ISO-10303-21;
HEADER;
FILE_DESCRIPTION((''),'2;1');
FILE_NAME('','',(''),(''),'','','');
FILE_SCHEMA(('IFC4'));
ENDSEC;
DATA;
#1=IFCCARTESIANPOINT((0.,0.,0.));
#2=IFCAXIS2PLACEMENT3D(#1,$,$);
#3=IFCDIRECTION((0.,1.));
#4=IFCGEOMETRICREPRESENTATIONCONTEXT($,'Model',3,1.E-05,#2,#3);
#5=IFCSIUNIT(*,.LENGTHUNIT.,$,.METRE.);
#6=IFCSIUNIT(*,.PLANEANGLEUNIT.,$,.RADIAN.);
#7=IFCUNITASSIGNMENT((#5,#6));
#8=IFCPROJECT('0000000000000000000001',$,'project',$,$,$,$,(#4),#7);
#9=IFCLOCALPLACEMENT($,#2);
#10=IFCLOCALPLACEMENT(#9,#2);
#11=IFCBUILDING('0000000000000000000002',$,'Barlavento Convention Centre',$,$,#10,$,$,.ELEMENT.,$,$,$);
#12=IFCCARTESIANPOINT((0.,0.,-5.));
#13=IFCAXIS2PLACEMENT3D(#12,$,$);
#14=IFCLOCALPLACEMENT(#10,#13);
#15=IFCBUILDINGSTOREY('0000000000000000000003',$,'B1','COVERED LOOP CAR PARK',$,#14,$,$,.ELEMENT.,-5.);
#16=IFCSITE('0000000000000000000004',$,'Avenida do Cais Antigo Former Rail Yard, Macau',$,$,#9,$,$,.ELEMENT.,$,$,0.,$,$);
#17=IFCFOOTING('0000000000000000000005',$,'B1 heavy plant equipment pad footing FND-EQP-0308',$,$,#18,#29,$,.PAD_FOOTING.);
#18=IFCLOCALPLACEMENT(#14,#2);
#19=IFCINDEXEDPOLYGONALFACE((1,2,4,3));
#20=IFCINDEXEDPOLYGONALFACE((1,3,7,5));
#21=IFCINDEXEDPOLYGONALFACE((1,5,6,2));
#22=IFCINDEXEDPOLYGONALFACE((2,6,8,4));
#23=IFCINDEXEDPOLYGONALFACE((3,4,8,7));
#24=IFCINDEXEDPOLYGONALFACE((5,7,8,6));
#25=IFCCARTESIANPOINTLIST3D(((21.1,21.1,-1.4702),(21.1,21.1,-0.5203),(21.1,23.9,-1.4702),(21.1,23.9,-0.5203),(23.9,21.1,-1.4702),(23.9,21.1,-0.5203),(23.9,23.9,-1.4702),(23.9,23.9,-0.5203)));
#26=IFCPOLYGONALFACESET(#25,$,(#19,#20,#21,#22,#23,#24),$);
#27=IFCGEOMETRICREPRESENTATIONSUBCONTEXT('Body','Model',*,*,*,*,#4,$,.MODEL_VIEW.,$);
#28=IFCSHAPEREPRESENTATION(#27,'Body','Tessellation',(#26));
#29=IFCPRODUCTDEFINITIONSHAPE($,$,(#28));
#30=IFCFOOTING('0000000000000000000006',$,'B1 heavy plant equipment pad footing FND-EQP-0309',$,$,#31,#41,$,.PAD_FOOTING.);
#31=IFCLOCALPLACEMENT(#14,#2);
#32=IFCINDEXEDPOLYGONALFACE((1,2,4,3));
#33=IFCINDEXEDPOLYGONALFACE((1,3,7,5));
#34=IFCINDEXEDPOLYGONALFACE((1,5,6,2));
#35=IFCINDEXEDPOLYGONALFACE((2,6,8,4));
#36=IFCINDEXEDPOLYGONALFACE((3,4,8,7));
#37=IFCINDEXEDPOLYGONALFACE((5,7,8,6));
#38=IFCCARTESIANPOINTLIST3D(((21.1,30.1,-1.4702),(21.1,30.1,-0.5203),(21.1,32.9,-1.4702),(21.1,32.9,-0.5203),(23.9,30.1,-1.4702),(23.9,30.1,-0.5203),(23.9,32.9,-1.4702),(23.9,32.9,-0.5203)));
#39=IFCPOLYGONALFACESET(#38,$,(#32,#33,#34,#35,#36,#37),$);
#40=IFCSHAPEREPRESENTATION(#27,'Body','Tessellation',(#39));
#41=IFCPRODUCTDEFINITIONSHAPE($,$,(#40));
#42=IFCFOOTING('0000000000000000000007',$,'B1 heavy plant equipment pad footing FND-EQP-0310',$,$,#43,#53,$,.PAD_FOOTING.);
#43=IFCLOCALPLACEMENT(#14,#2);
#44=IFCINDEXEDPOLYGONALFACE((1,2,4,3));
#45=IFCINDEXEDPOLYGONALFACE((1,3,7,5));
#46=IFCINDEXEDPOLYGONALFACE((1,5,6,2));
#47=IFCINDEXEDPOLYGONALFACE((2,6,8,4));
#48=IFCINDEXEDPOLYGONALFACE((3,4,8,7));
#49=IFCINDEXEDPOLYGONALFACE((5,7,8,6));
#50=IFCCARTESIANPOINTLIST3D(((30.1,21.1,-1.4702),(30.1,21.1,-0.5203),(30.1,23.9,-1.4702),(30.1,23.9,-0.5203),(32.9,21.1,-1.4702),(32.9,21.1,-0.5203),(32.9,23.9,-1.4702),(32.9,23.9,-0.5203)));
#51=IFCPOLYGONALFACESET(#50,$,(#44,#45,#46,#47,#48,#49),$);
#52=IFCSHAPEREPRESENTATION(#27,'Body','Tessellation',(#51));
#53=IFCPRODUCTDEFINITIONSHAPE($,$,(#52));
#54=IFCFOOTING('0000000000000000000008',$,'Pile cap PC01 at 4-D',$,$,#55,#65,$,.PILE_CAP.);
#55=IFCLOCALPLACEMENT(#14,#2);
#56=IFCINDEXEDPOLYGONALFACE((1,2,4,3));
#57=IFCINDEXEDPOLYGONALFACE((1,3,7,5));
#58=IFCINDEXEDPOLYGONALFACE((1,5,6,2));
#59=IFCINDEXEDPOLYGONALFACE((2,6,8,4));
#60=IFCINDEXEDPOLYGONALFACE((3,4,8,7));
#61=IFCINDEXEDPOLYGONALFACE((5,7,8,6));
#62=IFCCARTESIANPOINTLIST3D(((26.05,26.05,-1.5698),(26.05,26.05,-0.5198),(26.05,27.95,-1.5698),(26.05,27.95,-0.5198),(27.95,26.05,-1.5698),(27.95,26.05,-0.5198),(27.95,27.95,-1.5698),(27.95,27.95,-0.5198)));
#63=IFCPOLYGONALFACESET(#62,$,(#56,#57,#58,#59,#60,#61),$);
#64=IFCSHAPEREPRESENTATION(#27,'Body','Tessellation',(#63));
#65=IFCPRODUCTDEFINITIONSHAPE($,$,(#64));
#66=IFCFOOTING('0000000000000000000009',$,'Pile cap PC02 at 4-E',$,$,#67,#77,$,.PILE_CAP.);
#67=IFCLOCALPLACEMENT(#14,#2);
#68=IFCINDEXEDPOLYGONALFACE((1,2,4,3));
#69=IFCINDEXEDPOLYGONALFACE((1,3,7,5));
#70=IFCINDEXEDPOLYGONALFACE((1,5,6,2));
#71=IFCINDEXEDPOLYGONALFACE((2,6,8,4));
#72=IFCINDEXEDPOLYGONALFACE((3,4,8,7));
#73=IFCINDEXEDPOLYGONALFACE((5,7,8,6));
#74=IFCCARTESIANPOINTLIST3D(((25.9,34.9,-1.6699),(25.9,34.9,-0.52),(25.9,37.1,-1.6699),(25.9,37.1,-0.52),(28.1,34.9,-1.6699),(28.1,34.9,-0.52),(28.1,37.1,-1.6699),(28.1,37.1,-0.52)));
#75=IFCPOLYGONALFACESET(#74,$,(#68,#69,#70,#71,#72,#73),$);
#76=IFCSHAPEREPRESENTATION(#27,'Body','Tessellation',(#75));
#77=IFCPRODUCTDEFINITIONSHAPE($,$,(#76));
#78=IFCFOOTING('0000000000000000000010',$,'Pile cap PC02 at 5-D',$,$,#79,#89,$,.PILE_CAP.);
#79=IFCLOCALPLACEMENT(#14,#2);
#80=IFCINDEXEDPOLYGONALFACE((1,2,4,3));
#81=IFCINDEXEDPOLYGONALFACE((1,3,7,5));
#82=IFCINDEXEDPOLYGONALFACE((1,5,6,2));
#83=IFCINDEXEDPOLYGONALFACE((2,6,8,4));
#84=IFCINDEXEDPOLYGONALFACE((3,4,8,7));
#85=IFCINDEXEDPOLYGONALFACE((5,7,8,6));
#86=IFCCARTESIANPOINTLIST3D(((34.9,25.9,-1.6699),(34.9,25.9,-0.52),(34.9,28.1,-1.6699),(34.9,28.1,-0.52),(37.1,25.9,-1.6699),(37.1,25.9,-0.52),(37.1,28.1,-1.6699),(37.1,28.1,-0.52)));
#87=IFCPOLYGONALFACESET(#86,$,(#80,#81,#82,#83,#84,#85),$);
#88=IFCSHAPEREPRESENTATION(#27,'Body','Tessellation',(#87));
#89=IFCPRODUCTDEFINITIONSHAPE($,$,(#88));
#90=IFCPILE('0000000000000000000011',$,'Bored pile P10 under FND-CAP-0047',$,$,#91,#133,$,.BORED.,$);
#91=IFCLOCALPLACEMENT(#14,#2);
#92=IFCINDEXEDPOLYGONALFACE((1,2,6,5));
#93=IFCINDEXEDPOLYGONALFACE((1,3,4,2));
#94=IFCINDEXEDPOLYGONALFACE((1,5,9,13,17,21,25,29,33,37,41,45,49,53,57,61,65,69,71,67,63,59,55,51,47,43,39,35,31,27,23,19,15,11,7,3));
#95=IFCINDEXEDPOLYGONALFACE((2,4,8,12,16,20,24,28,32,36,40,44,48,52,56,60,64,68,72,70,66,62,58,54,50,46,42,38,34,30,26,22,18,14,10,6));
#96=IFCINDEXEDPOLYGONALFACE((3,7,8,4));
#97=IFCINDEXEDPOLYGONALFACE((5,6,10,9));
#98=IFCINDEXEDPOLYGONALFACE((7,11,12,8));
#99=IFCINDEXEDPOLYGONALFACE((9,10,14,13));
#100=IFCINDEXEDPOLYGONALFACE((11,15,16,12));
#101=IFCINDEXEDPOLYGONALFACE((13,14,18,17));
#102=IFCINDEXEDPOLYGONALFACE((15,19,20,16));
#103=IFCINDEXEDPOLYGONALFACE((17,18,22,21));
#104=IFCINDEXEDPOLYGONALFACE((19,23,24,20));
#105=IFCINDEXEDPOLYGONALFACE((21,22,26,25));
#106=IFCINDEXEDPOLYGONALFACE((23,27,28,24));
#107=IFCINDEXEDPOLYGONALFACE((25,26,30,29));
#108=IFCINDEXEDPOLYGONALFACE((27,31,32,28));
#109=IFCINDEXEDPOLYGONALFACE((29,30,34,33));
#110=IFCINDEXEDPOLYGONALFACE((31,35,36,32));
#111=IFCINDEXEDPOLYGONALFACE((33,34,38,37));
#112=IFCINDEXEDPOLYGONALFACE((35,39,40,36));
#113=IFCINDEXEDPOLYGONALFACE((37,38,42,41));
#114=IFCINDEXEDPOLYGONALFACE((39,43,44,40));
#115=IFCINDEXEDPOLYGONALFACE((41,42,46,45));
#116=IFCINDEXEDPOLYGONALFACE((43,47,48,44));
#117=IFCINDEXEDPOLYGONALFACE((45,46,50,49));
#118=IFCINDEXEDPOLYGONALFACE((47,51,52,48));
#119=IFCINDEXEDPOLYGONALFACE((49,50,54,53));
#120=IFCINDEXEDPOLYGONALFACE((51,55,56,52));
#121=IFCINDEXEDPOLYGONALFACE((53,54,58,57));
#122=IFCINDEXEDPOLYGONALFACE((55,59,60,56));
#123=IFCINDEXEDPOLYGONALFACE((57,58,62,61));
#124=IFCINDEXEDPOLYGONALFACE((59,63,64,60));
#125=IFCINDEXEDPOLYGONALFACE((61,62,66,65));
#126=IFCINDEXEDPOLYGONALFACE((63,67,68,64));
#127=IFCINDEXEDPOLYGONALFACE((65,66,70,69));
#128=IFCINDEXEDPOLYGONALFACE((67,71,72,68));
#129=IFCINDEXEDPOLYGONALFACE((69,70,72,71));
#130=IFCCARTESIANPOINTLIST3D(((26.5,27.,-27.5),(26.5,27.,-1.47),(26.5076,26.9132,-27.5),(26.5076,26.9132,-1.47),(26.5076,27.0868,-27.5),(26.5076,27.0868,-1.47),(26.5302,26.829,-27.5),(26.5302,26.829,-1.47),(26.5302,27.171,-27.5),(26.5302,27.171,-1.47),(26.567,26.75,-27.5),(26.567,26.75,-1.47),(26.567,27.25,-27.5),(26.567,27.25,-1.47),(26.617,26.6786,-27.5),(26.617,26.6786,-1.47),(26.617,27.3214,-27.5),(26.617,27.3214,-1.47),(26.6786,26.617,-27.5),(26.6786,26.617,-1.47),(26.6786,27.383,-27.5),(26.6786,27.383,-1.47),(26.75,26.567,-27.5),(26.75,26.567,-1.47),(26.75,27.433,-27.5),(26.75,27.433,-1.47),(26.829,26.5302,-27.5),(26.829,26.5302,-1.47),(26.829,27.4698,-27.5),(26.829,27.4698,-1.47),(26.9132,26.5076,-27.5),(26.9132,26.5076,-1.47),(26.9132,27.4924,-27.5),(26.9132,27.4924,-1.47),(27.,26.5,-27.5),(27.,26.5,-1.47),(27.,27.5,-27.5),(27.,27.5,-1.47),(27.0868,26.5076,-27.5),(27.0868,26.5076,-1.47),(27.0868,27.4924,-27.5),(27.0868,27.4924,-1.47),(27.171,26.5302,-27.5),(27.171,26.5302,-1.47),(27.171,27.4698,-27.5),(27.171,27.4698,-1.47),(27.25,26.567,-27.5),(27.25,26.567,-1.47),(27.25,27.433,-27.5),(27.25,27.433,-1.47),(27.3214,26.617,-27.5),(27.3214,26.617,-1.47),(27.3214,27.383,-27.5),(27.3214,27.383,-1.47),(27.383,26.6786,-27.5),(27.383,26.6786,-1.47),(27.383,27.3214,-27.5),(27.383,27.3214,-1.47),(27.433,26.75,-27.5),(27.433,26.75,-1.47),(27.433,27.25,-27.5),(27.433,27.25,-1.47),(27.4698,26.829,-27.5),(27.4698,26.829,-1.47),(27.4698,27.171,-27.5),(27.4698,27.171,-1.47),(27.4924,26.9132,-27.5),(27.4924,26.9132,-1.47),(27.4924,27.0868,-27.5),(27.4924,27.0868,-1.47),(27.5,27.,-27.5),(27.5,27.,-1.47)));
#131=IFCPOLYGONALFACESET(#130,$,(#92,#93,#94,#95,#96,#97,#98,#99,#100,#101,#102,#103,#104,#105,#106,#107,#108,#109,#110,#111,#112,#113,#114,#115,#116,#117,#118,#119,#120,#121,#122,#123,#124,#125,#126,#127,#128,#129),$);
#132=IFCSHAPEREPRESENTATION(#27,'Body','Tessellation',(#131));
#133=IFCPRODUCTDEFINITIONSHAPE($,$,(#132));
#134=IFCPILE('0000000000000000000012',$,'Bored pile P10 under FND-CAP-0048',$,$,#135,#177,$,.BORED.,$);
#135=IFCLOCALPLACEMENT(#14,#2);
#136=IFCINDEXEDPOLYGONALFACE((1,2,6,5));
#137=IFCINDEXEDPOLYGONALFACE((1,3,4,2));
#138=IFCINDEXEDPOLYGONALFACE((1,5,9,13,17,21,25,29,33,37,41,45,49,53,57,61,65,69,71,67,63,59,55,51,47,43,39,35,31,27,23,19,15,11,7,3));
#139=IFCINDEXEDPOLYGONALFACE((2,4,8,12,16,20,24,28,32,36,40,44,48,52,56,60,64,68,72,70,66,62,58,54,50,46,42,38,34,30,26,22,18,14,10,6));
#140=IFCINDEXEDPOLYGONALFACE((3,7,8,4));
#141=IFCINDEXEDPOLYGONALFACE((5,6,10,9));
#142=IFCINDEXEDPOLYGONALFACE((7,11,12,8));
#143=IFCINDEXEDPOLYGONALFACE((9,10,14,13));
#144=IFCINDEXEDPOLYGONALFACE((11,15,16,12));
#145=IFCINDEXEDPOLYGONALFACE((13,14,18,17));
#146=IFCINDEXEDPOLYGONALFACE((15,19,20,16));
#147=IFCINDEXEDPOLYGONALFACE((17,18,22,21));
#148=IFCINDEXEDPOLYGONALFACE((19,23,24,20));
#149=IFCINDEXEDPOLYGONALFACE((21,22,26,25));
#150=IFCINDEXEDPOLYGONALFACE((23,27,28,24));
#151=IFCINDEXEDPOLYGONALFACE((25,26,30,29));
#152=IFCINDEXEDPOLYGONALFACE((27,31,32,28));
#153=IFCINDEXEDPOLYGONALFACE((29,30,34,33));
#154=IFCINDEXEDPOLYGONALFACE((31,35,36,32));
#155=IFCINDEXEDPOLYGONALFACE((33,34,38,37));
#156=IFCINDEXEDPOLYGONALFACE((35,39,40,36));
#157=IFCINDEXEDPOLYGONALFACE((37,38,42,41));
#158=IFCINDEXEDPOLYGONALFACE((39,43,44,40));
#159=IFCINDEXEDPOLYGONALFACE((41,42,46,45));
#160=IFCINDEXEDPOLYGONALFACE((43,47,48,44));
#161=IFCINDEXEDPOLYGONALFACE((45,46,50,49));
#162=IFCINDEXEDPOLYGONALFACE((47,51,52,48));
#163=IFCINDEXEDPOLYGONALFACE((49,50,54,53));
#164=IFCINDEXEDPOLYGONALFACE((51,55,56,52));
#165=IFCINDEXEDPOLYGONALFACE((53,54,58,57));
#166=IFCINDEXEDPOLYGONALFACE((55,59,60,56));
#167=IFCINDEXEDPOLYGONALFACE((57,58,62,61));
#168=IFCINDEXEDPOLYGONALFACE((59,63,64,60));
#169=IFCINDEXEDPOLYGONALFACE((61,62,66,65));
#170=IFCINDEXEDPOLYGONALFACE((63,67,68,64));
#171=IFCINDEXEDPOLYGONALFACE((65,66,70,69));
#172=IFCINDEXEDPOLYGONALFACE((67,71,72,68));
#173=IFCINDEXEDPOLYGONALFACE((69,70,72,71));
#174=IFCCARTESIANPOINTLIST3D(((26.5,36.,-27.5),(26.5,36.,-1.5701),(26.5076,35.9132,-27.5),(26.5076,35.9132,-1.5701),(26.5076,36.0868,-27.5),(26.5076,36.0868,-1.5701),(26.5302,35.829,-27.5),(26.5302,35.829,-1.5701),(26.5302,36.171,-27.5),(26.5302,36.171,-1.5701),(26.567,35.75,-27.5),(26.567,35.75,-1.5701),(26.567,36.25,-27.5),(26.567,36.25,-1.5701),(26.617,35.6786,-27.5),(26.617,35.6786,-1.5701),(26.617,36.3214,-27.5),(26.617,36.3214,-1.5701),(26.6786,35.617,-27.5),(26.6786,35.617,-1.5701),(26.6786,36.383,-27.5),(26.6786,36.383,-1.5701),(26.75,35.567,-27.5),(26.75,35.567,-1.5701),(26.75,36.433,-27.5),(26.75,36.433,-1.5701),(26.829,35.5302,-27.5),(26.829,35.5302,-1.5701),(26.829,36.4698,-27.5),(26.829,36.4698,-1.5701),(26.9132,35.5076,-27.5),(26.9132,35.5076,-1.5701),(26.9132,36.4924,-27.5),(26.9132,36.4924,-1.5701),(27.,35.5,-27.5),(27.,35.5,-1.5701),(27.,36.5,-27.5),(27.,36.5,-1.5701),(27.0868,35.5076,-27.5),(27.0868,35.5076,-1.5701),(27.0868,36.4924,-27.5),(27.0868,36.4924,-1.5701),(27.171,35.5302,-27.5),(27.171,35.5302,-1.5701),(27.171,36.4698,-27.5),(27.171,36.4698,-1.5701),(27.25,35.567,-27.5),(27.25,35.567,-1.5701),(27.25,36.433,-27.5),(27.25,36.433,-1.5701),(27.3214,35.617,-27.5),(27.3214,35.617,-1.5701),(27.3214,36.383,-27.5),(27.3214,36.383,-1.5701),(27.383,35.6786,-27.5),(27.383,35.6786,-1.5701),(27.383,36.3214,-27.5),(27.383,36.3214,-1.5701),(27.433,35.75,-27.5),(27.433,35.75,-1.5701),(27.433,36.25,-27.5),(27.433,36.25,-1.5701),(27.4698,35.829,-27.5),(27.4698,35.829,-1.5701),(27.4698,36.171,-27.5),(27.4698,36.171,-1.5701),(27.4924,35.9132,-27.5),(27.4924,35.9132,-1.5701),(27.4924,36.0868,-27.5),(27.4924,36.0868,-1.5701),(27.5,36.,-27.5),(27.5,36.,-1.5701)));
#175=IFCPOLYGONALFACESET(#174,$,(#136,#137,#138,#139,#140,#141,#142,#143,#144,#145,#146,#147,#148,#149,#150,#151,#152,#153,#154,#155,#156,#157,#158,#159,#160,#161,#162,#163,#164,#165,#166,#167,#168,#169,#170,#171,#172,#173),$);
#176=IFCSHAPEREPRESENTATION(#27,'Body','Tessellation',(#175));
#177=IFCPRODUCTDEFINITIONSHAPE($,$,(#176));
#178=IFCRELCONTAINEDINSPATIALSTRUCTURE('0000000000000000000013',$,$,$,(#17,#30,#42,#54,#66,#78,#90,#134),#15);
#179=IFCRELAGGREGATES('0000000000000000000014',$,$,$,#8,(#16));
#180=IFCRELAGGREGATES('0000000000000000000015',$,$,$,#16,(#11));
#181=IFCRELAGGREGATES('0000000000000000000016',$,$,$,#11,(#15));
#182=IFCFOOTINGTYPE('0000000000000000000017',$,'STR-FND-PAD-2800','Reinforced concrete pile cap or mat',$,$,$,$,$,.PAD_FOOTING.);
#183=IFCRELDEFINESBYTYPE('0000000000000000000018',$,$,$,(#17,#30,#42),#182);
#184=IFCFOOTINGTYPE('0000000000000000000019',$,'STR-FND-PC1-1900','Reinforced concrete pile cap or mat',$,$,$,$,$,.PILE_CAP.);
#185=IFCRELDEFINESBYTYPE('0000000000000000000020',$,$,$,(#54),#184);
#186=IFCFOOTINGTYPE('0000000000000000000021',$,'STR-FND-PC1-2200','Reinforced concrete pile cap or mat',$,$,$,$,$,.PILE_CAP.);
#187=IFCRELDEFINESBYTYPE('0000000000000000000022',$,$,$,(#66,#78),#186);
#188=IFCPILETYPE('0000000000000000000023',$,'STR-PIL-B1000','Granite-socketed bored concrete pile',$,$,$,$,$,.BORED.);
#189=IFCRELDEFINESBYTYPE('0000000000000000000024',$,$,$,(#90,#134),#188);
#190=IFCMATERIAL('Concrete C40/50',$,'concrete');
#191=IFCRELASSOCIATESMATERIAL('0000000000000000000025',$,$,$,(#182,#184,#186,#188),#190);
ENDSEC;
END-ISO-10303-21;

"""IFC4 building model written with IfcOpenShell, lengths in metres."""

from ifc_helpers import new_model, si_unit, direction, frame, origin, origin_2d, place, context, subcontext, project, spatial, rectangle, circle, extrude, material, material_profile, profile_set, type_object, element, save


model = new_model("IFC4")

# Units and contexts
model_context = context("Model", 3, precision=1e-05, world=origin(), true_north=direction((0.0, 1.0)))
body_context = subcontext(model_context, "Body", "Model", "MODEL_VIEW")
ifc_project = project(units=[si_unit("LENGTHUNIT", "METRE"), si_unit("PLANEANGLEUNIT", "RADIAN")], contexts=[model_context])

# Site, building, storey
site_placement = place(None, origin())
site = spatial("IfcSite", under=ifc_project, at=site_placement, Name="Avenida do Cais Antigo Former Rail Yard, Macau", CompositionType="ELEMENT", RefElevation=0.0)
building_placement = place(site_placement, origin())
building = spatial("IfcBuilding", under=site, at=building_placement, Name="Barlavento Convention Centre", CompositionType="ELEMENT")
storey_placement = place(building_placement, frame((0.0, 0.0, -5.0)))
storey = spatial("IfcBuildingStorey", under=building, at=storey_placement, Name="B1", Description="COVERED LOOP CAR PARK", CompositionType="ELEMENT", Elevation=-5.0)

# Footings
ifc_material_1 = material(Name="Concrete C40/50", Category="concrete")
footing_type_1 = type_object("IfcFootingType", Name="STR-FND-PAD-2800", Description="Reinforced concrete pile cap or mat", PredefinedType="PAD_FOOTING", material=ifc_material_1)
for number, where, z_axis, x_axis, name in (
    (1, (22.5, 22.5, -1.4702), (0.0, 0.0, 1.0), (1.0, 0.0, 0.0), "B1 heavy plant equipment pad footing FND-EQP-0308"),
    (2, (22.5, 31.5, -1.4702), (0.0, 0.0, 1.0), (1.0, 0.0, 0.0), "B1 heavy plant equipment pad footing FND-EQP-0309"),
    (3, (31.5, 22.5, -1.4702), (0.0, 0.0, 1.0), (1.0, 0.0, 0.0), "B1 heavy plant equipment pad footing FND-EQP-0310"),
):
    element("IfcFooting", number, at=place(storey_placement, frame(where, z_axis=z_axis, x_axis=x_axis)), inside=storey, type_object=footing_type_1, Name=name, PredefinedType="PAD_FOOTING", context=body_context, shape_type="SweptSolid", body=[
        extrude(rectangle(XDim=2.8, YDim=2.8, at=origin_2d()), origin(), (0.0, 0.0, 1.0), 0.95),
    ])
footing_type_2 = type_object("IfcFootingType", Name="STR-FND-PC1-1900", Description="Reinforced concrete pile cap or mat", PredefinedType="PILE_CAP", material=ifc_material_1)
footing_placement = place(storey_placement, frame((27.0, 27.0, -1.5698), z_axis=(0.0, 0.0, 1.0), x_axis=(1.0, 0.0, 0.0)))
element("IfcFooting", 4, at=footing_placement, inside=storey, type_object=footing_type_2, Name="Pile cap PC01 at 4-D", PredefinedType="PILE_CAP", context=body_context, shape_type="SweptSolid", body=[
    extrude(rectangle(XDim=1.8999, YDim=1.8999, at=origin_2d()), origin(), (0.0, 0.0, 1.0), 1.05),
])
footing_type_3 = type_object("IfcFootingType", Name="STR-FND-PC1-2200", Description="Reinforced concrete pile cap or mat", PredefinedType="PILE_CAP", material=ifc_material_1)
for number, where, z_axis, x_axis, name in (
    (5, (27.0, 36.0, -1.6699), (0.0, 0.0, 1.0), (1.0, 0.0, 0.0), "Pile cap PC02 at 4-E"),
    (6, (36.0, 27.0, -1.6699), (0.0, 0.0, 1.0), (1.0, 0.0, 0.0), "Pile cap PC02 at 5-D"),
):
    element("IfcFooting", number, at=place(storey_placement, frame(where, z_axis=z_axis, x_axis=x_axis)), inside=storey, type_object=footing_type_3, Name=name, PredefinedType="PILE_CAP", context=body_context, shape_type="SweptSolid", body=[
        extrude(rectangle(XDim=2.2, YDim=2.2, at=origin_2d()), origin(), (0.0, 0.0, 1.0), 1.1499),
    ])

# Piles
ifc_material_profile_1 = material_profile(ifc_material_1, circle(Radius=0.5, at=origin_2d()), Name="BORED PILE 1000")
ifc_profile_set_1 = profile_set([ifc_material_profile_1], Name="Concrete C40/50")
pile_type_1 = type_object("IfcPileType", Name="STR-PIL-B1000", Description="Granite-socketed bored concrete pile", PredefinedType="BORED", material=ifc_profile_set_1)
pile_1_placement = place(storey_placement, frame((27.0, 27.0, -1.47), z_axis=(0.0, 0.0, -1.0), x_axis=(1.0, 0.0, 0.0)))
element("IfcPile", 7, at=pile_1_placement, inside=storey, type_object=pile_type_1, Name="Bored pile P10 under FND-CAP-0047", PredefinedType="BORED", context=body_context, shape_type="SweptSolid", body=[
    extrude(circle(Radius=0.5, at=origin_2d()), origin(), (0.0, 0.0, 1.0), 26.03),
])
pile_2_placement = place(storey_placement, frame((27.0, 36.0, -1.5701), z_axis=(0.0, 0.0, -1.0), x_axis=(1.0, 0.0, 0.0)))
element("IfcPile", 8, at=pile_2_placement, inside=storey, type_object=pile_type_1, Name="Bored pile P10 under FND-CAP-0048", PredefinedType="BORED", context=body_context, shape_type="SweptSolid", body=[
    extrude(circle(Radius=0.5, at=origin_2d()), origin(), (0.0, 0.0, 1.0), 25.9299),
])

save(model, "model.ifc")
